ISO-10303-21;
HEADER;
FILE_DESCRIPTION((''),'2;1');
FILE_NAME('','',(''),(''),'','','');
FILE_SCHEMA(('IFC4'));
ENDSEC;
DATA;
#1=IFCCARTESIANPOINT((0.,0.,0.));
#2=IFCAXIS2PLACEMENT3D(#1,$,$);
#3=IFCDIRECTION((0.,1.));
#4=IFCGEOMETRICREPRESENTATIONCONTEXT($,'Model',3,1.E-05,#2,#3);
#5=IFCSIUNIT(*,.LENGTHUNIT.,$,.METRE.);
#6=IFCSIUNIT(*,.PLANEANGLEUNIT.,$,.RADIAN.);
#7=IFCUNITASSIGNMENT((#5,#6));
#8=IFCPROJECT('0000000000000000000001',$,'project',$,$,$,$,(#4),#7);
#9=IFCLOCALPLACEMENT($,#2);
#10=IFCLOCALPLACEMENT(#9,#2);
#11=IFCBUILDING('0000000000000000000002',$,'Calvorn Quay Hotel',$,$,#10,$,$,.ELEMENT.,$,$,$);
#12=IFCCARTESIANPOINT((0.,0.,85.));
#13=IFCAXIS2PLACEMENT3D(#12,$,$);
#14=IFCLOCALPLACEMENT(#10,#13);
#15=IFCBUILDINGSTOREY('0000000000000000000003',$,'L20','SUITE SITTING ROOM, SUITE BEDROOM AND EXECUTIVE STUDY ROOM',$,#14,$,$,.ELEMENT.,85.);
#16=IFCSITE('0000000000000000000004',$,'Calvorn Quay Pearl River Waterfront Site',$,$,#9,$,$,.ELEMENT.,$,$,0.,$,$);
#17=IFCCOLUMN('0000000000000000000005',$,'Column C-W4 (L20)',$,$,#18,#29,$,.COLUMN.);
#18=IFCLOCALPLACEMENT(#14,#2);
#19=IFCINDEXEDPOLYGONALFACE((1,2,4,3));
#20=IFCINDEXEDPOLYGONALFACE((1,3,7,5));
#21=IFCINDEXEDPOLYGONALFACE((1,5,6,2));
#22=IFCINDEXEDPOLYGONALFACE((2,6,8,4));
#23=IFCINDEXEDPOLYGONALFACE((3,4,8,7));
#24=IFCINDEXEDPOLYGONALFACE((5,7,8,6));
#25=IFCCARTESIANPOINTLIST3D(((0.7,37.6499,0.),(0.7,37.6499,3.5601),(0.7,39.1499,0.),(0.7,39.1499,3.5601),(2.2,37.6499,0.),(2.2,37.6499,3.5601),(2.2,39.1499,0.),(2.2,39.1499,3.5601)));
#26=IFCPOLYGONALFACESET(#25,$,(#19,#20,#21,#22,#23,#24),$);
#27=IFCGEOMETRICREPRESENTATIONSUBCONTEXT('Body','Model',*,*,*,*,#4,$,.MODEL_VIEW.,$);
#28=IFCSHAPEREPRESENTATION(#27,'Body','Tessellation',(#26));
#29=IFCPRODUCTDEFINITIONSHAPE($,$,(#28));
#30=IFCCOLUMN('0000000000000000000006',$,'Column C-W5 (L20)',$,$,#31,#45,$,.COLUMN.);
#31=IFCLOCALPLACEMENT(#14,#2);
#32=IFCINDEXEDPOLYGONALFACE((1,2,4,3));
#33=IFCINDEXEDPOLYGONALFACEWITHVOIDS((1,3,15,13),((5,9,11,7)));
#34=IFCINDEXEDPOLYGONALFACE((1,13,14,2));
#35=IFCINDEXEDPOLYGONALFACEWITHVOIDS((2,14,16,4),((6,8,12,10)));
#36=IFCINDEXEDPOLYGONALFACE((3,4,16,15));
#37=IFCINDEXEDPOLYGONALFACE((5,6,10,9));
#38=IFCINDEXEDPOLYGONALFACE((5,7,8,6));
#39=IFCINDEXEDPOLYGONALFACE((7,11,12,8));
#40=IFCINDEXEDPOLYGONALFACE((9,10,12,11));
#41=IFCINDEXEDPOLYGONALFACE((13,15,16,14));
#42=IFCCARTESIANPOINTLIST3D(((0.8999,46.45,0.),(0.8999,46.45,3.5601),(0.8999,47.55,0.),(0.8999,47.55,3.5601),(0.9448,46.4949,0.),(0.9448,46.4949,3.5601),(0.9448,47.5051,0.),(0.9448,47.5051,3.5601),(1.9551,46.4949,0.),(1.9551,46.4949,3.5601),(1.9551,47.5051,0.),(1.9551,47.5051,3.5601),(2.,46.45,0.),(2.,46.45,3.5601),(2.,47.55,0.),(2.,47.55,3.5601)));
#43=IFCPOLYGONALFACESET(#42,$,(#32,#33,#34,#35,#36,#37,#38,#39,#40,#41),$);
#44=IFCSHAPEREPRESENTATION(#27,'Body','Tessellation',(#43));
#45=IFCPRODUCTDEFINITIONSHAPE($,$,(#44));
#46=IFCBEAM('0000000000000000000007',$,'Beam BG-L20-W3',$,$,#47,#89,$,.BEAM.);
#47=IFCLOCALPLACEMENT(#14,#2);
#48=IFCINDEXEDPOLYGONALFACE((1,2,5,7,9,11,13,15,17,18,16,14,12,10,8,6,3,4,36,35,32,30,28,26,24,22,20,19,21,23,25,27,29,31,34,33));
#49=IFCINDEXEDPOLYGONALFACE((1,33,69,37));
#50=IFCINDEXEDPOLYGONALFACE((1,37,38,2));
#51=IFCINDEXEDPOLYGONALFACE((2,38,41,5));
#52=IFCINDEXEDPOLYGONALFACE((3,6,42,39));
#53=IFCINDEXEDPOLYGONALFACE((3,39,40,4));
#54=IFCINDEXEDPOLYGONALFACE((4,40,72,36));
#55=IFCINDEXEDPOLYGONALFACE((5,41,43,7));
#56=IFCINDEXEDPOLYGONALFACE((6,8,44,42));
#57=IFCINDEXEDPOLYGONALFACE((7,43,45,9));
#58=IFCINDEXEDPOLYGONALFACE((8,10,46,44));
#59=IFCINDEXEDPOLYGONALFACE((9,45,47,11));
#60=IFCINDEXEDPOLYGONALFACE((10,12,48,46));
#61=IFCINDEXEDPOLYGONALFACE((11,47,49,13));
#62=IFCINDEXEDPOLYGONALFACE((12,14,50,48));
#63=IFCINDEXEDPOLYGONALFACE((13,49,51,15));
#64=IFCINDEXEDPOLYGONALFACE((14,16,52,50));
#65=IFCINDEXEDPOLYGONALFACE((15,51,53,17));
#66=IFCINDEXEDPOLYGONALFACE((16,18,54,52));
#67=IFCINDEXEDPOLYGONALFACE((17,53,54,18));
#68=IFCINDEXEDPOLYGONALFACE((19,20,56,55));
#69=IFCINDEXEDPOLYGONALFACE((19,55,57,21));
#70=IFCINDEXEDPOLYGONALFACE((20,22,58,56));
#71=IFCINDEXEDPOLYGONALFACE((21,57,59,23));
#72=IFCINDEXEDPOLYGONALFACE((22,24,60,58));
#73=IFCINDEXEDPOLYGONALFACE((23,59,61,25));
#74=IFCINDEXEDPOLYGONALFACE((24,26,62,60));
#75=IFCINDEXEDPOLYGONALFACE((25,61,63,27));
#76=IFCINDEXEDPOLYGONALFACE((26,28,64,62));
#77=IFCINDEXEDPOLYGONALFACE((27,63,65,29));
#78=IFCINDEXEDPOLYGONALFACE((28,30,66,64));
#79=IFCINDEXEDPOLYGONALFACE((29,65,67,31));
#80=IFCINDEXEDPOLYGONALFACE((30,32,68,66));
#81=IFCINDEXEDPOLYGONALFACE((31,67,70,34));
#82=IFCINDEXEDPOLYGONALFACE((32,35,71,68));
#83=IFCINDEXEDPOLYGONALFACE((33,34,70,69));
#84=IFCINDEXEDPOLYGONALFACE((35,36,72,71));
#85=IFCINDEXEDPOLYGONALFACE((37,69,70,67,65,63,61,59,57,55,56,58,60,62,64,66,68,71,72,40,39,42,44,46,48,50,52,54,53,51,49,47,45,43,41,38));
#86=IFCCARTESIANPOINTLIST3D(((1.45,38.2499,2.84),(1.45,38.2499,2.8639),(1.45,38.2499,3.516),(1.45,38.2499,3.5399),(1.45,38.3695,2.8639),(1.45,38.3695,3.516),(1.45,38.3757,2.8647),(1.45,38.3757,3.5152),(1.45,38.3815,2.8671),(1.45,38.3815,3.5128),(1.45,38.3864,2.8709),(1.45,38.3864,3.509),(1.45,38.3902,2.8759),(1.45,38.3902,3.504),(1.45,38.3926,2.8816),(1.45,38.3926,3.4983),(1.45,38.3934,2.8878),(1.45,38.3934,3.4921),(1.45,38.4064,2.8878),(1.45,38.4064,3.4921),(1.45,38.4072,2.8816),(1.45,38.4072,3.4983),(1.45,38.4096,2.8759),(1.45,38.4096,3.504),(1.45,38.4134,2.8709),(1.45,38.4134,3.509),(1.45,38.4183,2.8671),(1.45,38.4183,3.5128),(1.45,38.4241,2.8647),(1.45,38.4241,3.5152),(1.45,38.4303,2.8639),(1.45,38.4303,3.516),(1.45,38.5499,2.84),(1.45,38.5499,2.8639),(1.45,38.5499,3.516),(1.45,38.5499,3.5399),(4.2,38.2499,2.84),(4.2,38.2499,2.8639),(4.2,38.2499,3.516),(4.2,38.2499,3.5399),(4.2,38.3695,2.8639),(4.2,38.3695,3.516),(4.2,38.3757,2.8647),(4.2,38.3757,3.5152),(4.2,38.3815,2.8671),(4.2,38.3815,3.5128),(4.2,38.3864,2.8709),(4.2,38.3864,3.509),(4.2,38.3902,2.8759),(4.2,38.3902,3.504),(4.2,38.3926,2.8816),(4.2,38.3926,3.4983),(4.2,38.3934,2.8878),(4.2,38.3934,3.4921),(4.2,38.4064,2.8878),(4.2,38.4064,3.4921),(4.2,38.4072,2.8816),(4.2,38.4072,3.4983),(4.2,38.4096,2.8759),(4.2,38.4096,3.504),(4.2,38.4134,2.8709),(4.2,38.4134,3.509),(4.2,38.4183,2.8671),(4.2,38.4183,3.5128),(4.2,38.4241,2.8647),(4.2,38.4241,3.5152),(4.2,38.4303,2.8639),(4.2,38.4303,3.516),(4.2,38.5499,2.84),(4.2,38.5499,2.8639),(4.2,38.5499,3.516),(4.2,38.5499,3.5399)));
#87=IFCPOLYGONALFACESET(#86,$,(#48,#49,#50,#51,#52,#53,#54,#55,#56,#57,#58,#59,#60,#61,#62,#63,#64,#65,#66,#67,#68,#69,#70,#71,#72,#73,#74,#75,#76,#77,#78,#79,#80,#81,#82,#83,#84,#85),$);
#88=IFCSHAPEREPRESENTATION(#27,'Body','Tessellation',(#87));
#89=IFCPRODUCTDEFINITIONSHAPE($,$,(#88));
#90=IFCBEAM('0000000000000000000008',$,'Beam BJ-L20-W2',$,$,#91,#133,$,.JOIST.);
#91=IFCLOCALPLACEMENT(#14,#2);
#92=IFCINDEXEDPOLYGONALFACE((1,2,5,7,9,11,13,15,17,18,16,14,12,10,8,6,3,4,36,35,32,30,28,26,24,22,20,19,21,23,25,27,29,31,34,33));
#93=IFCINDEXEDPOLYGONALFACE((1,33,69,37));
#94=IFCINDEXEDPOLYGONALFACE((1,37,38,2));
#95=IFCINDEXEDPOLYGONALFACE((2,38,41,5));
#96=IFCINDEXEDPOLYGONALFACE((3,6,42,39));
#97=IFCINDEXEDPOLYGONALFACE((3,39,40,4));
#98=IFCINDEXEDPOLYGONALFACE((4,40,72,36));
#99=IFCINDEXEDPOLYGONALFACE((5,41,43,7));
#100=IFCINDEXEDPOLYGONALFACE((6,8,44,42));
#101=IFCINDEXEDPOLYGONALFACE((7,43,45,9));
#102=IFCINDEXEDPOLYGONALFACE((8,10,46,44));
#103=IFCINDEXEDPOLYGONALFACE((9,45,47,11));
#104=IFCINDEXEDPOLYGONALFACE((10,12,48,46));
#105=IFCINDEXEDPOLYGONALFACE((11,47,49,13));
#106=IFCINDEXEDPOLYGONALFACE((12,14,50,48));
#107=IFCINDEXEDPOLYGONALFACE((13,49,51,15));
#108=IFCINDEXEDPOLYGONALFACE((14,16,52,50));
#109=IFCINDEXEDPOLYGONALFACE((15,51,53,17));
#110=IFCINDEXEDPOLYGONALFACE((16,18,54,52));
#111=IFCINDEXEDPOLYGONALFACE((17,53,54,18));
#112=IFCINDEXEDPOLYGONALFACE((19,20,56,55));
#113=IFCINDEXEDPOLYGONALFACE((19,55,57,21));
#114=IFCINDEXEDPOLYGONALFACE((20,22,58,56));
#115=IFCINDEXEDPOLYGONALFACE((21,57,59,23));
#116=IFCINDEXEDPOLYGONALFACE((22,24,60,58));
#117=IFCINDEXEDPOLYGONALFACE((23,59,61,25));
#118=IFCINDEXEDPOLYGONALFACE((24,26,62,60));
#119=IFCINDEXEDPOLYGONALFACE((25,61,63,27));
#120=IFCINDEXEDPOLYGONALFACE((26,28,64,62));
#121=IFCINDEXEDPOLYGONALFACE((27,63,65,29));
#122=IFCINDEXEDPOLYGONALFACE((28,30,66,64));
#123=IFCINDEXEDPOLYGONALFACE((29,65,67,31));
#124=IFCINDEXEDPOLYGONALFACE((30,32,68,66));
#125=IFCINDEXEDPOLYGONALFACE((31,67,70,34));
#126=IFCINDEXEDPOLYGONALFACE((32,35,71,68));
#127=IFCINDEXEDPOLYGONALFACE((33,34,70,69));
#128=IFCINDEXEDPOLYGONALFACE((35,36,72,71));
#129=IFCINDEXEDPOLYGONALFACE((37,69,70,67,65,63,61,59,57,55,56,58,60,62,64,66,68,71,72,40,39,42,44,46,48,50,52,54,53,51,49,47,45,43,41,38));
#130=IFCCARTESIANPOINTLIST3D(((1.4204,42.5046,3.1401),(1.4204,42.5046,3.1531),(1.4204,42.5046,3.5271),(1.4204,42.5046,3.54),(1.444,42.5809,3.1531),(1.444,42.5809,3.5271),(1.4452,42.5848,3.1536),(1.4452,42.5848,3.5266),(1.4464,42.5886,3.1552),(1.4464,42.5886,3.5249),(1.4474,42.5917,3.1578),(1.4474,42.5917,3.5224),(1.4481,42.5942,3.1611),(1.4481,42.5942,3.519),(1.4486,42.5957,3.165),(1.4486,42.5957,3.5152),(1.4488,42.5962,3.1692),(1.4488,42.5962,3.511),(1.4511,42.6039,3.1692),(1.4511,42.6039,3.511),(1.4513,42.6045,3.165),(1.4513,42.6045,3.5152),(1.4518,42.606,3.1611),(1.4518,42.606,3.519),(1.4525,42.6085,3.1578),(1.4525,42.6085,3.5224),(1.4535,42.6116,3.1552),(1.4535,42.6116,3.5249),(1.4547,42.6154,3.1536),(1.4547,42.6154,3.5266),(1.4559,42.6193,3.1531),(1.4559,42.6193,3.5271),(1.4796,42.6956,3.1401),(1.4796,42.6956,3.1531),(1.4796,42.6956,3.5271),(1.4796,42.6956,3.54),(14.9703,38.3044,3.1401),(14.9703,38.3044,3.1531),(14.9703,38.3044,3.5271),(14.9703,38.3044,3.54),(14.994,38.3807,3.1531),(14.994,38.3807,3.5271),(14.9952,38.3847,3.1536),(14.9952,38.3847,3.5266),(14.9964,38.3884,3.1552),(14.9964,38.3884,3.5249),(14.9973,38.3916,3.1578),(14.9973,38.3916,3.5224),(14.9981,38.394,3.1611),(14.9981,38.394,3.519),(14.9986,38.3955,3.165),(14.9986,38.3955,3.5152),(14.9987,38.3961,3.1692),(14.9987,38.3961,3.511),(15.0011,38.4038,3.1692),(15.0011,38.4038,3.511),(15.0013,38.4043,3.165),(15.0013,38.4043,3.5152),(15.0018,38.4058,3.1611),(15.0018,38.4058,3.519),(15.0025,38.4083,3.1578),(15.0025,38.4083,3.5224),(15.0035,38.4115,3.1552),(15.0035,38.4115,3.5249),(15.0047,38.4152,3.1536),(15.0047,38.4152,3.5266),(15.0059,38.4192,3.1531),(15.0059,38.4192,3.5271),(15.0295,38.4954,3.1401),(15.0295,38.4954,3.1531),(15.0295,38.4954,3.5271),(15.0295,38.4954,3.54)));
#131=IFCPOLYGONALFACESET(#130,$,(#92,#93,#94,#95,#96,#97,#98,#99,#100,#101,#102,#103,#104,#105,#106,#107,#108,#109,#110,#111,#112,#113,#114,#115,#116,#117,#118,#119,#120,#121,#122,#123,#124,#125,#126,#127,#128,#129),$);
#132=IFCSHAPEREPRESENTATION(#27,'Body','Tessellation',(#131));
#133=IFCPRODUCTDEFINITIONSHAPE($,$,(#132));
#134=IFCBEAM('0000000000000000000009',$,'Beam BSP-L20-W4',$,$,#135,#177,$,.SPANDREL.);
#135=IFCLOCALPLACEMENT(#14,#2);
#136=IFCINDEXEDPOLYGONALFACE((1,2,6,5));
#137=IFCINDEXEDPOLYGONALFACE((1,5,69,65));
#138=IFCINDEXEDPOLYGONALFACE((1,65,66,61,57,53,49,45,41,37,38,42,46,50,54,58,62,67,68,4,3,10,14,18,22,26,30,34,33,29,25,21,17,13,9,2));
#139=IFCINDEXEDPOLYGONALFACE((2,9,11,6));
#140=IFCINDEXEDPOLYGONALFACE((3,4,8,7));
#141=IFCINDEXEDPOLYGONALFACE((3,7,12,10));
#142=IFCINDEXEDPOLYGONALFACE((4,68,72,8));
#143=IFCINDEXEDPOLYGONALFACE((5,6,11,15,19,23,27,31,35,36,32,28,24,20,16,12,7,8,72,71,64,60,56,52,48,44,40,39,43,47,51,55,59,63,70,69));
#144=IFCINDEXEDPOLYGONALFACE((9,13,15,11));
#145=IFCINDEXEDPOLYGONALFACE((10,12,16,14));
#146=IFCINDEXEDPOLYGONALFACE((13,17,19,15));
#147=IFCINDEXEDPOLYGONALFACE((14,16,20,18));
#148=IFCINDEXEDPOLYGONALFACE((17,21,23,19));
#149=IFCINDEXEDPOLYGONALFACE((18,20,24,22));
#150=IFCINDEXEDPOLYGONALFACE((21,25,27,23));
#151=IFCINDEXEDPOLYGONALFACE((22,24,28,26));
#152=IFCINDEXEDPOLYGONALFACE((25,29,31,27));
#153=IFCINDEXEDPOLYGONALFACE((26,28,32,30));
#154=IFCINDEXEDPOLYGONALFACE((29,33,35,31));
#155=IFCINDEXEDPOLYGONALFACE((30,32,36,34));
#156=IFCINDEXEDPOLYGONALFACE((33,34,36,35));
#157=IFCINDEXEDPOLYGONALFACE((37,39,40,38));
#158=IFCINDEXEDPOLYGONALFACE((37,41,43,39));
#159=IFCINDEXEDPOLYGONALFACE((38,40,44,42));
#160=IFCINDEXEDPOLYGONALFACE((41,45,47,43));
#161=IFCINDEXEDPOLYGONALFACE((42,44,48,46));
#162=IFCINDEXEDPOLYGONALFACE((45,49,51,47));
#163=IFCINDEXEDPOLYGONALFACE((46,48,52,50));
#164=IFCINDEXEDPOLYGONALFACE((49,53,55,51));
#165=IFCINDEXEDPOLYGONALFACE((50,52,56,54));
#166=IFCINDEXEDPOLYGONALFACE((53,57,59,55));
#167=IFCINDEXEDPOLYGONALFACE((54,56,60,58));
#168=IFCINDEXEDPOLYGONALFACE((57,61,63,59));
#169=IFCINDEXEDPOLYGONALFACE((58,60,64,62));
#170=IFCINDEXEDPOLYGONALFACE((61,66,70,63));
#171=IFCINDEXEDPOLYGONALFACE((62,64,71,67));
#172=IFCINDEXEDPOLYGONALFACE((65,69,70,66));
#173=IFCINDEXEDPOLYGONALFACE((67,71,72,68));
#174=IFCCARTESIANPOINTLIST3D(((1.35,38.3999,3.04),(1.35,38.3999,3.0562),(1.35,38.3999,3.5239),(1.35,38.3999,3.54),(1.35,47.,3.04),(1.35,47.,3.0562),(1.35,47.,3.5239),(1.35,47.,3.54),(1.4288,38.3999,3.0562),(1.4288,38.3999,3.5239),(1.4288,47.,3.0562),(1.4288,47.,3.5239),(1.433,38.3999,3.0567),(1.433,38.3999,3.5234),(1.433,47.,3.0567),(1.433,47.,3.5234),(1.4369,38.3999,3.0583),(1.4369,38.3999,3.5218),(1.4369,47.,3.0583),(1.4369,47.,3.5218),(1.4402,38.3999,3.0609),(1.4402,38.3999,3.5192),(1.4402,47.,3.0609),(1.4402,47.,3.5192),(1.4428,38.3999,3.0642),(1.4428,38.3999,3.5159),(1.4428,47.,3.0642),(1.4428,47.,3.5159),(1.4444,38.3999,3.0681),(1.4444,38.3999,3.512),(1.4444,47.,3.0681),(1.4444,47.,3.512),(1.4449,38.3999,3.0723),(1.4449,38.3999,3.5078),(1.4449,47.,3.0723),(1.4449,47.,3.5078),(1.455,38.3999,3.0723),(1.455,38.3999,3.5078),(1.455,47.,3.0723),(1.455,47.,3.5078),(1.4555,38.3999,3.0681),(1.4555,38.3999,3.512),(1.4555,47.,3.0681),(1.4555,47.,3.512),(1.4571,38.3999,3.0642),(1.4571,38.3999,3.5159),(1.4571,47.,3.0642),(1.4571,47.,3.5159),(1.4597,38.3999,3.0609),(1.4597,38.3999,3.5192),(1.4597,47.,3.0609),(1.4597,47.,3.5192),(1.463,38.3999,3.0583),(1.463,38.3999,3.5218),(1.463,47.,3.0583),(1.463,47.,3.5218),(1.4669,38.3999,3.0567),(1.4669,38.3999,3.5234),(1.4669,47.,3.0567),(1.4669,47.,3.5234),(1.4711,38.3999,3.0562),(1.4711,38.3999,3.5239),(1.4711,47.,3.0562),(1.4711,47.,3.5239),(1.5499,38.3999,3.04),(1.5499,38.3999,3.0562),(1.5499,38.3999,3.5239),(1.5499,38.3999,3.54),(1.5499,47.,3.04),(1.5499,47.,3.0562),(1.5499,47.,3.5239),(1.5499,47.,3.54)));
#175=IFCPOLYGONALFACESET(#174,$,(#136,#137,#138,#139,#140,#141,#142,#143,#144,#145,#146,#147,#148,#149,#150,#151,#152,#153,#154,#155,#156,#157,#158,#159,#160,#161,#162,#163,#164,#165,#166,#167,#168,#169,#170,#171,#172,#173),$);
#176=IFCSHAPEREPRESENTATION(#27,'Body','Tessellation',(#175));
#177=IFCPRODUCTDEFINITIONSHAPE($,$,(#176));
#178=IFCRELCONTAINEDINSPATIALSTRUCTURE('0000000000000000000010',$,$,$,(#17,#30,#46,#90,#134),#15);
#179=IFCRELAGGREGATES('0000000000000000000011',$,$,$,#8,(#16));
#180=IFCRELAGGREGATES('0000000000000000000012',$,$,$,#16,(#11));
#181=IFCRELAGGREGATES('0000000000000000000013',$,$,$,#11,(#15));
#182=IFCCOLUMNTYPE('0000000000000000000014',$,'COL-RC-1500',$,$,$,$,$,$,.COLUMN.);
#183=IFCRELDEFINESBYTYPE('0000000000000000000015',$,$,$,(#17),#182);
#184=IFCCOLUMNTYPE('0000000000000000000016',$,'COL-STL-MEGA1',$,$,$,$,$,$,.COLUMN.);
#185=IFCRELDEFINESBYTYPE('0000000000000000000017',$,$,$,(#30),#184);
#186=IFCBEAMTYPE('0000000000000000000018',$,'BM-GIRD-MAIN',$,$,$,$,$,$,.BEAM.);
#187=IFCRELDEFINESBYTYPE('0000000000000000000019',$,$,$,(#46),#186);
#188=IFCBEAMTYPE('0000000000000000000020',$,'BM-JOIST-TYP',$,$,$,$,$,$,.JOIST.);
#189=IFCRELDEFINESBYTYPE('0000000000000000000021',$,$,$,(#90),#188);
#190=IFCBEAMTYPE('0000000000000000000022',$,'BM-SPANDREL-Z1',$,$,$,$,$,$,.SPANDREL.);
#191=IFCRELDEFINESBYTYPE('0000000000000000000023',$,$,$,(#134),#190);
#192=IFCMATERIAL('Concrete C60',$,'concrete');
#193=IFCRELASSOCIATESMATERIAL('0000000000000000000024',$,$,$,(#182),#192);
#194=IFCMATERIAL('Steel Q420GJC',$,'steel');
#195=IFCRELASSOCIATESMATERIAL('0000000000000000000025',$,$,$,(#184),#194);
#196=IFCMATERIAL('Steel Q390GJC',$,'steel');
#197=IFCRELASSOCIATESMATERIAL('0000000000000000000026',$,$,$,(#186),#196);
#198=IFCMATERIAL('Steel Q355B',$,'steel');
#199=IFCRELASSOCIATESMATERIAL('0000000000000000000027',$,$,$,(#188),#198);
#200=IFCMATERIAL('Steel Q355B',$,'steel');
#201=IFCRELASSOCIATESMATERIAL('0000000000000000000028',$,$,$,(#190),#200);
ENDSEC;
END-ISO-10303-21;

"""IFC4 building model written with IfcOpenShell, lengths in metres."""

from ifc_helpers import new_model, si_unit, direction, frame, origin, origin_2d, place, context, subcontext, project, spatial, rectangle, hollow_rectangle, i_section, extrude, material, material_profile, profile_set, type_object, element, save


model = new_model("IFC4")

# Units and contexts
model_context = context("Model", 3, precision=1e-05, world=origin(), true_north=direction((0.0, 1.0)))
body_context = subcontext(model_context, "Body", "Model", "MODEL_VIEW")
ifc_project = project(units=[si_unit("LENGTHUNIT", "METRE"), si_unit("PLANEANGLEUNIT", "RADIAN")], contexts=[model_context])

# Site, building, storey
site_placement = place(None, origin())
site = spatial("IfcSite", under=ifc_project, at=site_placement, Name="Calvorn Quay Pearl River Waterfront Site", CompositionType="ELEMENT", RefElevation=0.0)
building_placement = place(site_placement, origin())
building = spatial("IfcBuilding", under=site, at=building_placement, Name="Calvorn Quay Hotel", CompositionType="ELEMENT")
storey_placement = place(building_placement, frame((0.0, 0.0, 85.0)))
storey = spatial("IfcBuildingStorey", under=building, at=storey_placement, Name="L20", Description="SUITE SITTING ROOM, SUITE BEDROOM AND EXECUTIVE STUDY ROOM", CompositionType="ELEMENT", Elevation=85.0)

# Columns
ifc_material_1 = material(Name="Concrete C60", Category="concrete")
ifc_material_profile_1 = material_profile(ifc_material_1, rectangle(XDim=1.5, YDim=1.5, at=origin_2d()), Name="RC1500x1500")
ifc_profile_set_1 = profile_set([ifc_material_profile_1], Name="Concrete C60")
column_type_1 = type_object("IfcColumnType", Name="COL-RC-1500", PredefinedType="COLUMN", material=ifc_profile_set_1)
column_1_placement = place(storey_placement, frame((1.45, 38.3999, 0.0), z_axis=(0.0, 0.0, 1.0), x_axis=(1.0, 0.0, 0.0)))
element("IfcColumn", 1, at=column_1_placement, inside=storey, type_object=column_type_1, Name="Column C-W4 (L20)", PredefinedType="COLUMN", context=body_context, shape_type="SweptSolid", body=[
    extrude(rectangle(XDim=1.5, YDim=1.5, at=origin_2d()), origin(), (0.0, 0.0, 1.0), 3.5601),
])
ifc_material_2 = material(Name="Steel Q420GJC", Category="steel")
ifc_material_profile_2 = material_profile(ifc_material_2, hollow_rectangle(XDim=1.1001, YDim=1.1001, WallThickness=0.0449, at=origin_2d()), Name="BOX1100x1100x45")
ifc_profile_set_2 = profile_set([ifc_material_profile_2], Name="Steel Q420GJC")
column_type_2 = type_object("IfcColumnType", Name="COL-STL-MEGA1", PredefinedType="COLUMN", material=ifc_profile_set_2)
column_2_placement = place(storey_placement, frame((1.45, 47.0, 0.0), z_axis=(0.0, 0.0, 1.0), x_axis=(1.0, 0.0, 0.0)))
element("IfcColumn", 2, at=column_2_placement, inside=storey, type_object=column_type_2, Name="Column C-W5 (L20)", PredefinedType="COLUMN", context=body_context, shape_type="SweptSolid", body=[
    extrude(hollow_rectangle(XDim=1.1001, YDim=1.1001, WallThickness=0.0449, at=origin_2d()), origin(), (0.0, 0.0, 1.0), 3.5601),
])

# Beams
ifc_material_3 = material(Name="Steel Q390GJC", Category="steel")
ifc_material_profile_3 = material_profile(ifc_material_3, i_section(OverallWidth=0.3, OverallDepth=0.7, WebThickness=0.0129, FlangeThickness=0.0239, FilletRadius=0.0239, at=origin_2d()), Name="HN700x300x13x24")
ifc_profile_set_3 = profile_set([ifc_material_profile_3], Name="Steel Q390GJC")
beam_type_1 = type_object("IfcBeamType", Name="BM-GIRD-MAIN", PredefinedType="BEAM", material=ifc_profile_set_3)
beam_1_placement = place(storey_placement, frame((1.45, 38.3999, 3.1899), z_axis=(1.0, 0.0, 0.0), x_axis=(0.0, 1.0, 0.0)))
element("IfcBeam", 3, at=beam_1_placement, inside=storey, type_object=beam_type_1, Name="Beam BG-L20-W3", PredefinedType="BEAM", context=body_context, shape_type="SweptSolid", body=[
    extrude(i_section(OverallWidth=0.3, OverallDepth=0.7, WebThickness=0.0129, FlangeThickness=0.0239, FilletRadius=0.0239, at=origin_2d()), origin(), (0.0, 0.0, 1.0), 2.75),
])
ifc_material_4 = material(Name="Steel Q355B", Category="steel")
ifc_material_profile_4 = material_profile(ifc_material_4, i_section(OverallWidth=0.2, OverallDepth=0.3999, WebThickness=0.0081, FlangeThickness=0.0129, FilletRadius=0.0161, at=origin_2d()), Name="HN400x200x8x13")
ifc_profile_set_4 = profile_set([ifc_material_profile_4], Name="Steel Q355B")
beam_type_2 = type_object("IfcBeamType", Name="BM-JOIST-TYP", PredefinedType="JOIST", material=ifc_profile_set_4)
beam_2_placement = place(storey_placement, frame((1.45, 42.6001, 3.3401), z_axis=(0.955164, -0.296078, 0.0), x_axis=(0.296078, 0.955164, 0.0)))
element("IfcBeam", 4, at=beam_2_placement, inside=storey, type_object=beam_type_2, Name="Beam BJ-L20-W2", PredefinedType="JOIST", context=body_context, shape_type="SweptSolid", body=[
    extrude(i_section(OverallWidth=0.2, OverallDepth=0.3999, WebThickness=0.0081, FlangeThickness=0.0129, FilletRadius=0.0161, at=origin_2d()), origin(), (0.0, 0.0, 1.0), 14.186),
])
ifc_material_5 = material(Name="Steel Q355B", Category="steel")
ifc_material_profile_5 = material_profile(ifc_material_5, i_section(OverallWidth=0.2, OverallDepth=0.5, WebThickness=0.01, FlangeThickness=0.0161, FilletRadius=0.0161, at=origin_2d()), Name="HN500x200x10x16")
ifc_profile_set_5 = profile_set([ifc_material_profile_5], Name="Steel Q355B")
beam_type_3 = type_object("IfcBeamType", Name="BM-SPANDREL-Z1", PredefinedType="SPANDREL", material=ifc_profile_set_5)
beam_3_placement = place(storey_placement, frame((1.45, 38.3999, 3.29), z_axis=(0.0, 1.0, 0.0), x_axis=(-1.0, 0.0, 0.0)))
element("IfcBeam", 5, at=beam_3_placement, inside=storey, type_object=beam_type_3, Name="Beam BSP-L20-W4", PredefinedType="SPANDREL", context=body_context, shape_type="SweptSolid", body=[
    extrude(i_section(OverallWidth=0.2, OverallDepth=0.5, WebThickness=0.01, FlangeThickness=0.0161, FilletRadius=0.0161, at=origin_2d()), origin(), (0.0, 0.0, 1.0), 8.6001),
])

save(model, "model.ifc")
